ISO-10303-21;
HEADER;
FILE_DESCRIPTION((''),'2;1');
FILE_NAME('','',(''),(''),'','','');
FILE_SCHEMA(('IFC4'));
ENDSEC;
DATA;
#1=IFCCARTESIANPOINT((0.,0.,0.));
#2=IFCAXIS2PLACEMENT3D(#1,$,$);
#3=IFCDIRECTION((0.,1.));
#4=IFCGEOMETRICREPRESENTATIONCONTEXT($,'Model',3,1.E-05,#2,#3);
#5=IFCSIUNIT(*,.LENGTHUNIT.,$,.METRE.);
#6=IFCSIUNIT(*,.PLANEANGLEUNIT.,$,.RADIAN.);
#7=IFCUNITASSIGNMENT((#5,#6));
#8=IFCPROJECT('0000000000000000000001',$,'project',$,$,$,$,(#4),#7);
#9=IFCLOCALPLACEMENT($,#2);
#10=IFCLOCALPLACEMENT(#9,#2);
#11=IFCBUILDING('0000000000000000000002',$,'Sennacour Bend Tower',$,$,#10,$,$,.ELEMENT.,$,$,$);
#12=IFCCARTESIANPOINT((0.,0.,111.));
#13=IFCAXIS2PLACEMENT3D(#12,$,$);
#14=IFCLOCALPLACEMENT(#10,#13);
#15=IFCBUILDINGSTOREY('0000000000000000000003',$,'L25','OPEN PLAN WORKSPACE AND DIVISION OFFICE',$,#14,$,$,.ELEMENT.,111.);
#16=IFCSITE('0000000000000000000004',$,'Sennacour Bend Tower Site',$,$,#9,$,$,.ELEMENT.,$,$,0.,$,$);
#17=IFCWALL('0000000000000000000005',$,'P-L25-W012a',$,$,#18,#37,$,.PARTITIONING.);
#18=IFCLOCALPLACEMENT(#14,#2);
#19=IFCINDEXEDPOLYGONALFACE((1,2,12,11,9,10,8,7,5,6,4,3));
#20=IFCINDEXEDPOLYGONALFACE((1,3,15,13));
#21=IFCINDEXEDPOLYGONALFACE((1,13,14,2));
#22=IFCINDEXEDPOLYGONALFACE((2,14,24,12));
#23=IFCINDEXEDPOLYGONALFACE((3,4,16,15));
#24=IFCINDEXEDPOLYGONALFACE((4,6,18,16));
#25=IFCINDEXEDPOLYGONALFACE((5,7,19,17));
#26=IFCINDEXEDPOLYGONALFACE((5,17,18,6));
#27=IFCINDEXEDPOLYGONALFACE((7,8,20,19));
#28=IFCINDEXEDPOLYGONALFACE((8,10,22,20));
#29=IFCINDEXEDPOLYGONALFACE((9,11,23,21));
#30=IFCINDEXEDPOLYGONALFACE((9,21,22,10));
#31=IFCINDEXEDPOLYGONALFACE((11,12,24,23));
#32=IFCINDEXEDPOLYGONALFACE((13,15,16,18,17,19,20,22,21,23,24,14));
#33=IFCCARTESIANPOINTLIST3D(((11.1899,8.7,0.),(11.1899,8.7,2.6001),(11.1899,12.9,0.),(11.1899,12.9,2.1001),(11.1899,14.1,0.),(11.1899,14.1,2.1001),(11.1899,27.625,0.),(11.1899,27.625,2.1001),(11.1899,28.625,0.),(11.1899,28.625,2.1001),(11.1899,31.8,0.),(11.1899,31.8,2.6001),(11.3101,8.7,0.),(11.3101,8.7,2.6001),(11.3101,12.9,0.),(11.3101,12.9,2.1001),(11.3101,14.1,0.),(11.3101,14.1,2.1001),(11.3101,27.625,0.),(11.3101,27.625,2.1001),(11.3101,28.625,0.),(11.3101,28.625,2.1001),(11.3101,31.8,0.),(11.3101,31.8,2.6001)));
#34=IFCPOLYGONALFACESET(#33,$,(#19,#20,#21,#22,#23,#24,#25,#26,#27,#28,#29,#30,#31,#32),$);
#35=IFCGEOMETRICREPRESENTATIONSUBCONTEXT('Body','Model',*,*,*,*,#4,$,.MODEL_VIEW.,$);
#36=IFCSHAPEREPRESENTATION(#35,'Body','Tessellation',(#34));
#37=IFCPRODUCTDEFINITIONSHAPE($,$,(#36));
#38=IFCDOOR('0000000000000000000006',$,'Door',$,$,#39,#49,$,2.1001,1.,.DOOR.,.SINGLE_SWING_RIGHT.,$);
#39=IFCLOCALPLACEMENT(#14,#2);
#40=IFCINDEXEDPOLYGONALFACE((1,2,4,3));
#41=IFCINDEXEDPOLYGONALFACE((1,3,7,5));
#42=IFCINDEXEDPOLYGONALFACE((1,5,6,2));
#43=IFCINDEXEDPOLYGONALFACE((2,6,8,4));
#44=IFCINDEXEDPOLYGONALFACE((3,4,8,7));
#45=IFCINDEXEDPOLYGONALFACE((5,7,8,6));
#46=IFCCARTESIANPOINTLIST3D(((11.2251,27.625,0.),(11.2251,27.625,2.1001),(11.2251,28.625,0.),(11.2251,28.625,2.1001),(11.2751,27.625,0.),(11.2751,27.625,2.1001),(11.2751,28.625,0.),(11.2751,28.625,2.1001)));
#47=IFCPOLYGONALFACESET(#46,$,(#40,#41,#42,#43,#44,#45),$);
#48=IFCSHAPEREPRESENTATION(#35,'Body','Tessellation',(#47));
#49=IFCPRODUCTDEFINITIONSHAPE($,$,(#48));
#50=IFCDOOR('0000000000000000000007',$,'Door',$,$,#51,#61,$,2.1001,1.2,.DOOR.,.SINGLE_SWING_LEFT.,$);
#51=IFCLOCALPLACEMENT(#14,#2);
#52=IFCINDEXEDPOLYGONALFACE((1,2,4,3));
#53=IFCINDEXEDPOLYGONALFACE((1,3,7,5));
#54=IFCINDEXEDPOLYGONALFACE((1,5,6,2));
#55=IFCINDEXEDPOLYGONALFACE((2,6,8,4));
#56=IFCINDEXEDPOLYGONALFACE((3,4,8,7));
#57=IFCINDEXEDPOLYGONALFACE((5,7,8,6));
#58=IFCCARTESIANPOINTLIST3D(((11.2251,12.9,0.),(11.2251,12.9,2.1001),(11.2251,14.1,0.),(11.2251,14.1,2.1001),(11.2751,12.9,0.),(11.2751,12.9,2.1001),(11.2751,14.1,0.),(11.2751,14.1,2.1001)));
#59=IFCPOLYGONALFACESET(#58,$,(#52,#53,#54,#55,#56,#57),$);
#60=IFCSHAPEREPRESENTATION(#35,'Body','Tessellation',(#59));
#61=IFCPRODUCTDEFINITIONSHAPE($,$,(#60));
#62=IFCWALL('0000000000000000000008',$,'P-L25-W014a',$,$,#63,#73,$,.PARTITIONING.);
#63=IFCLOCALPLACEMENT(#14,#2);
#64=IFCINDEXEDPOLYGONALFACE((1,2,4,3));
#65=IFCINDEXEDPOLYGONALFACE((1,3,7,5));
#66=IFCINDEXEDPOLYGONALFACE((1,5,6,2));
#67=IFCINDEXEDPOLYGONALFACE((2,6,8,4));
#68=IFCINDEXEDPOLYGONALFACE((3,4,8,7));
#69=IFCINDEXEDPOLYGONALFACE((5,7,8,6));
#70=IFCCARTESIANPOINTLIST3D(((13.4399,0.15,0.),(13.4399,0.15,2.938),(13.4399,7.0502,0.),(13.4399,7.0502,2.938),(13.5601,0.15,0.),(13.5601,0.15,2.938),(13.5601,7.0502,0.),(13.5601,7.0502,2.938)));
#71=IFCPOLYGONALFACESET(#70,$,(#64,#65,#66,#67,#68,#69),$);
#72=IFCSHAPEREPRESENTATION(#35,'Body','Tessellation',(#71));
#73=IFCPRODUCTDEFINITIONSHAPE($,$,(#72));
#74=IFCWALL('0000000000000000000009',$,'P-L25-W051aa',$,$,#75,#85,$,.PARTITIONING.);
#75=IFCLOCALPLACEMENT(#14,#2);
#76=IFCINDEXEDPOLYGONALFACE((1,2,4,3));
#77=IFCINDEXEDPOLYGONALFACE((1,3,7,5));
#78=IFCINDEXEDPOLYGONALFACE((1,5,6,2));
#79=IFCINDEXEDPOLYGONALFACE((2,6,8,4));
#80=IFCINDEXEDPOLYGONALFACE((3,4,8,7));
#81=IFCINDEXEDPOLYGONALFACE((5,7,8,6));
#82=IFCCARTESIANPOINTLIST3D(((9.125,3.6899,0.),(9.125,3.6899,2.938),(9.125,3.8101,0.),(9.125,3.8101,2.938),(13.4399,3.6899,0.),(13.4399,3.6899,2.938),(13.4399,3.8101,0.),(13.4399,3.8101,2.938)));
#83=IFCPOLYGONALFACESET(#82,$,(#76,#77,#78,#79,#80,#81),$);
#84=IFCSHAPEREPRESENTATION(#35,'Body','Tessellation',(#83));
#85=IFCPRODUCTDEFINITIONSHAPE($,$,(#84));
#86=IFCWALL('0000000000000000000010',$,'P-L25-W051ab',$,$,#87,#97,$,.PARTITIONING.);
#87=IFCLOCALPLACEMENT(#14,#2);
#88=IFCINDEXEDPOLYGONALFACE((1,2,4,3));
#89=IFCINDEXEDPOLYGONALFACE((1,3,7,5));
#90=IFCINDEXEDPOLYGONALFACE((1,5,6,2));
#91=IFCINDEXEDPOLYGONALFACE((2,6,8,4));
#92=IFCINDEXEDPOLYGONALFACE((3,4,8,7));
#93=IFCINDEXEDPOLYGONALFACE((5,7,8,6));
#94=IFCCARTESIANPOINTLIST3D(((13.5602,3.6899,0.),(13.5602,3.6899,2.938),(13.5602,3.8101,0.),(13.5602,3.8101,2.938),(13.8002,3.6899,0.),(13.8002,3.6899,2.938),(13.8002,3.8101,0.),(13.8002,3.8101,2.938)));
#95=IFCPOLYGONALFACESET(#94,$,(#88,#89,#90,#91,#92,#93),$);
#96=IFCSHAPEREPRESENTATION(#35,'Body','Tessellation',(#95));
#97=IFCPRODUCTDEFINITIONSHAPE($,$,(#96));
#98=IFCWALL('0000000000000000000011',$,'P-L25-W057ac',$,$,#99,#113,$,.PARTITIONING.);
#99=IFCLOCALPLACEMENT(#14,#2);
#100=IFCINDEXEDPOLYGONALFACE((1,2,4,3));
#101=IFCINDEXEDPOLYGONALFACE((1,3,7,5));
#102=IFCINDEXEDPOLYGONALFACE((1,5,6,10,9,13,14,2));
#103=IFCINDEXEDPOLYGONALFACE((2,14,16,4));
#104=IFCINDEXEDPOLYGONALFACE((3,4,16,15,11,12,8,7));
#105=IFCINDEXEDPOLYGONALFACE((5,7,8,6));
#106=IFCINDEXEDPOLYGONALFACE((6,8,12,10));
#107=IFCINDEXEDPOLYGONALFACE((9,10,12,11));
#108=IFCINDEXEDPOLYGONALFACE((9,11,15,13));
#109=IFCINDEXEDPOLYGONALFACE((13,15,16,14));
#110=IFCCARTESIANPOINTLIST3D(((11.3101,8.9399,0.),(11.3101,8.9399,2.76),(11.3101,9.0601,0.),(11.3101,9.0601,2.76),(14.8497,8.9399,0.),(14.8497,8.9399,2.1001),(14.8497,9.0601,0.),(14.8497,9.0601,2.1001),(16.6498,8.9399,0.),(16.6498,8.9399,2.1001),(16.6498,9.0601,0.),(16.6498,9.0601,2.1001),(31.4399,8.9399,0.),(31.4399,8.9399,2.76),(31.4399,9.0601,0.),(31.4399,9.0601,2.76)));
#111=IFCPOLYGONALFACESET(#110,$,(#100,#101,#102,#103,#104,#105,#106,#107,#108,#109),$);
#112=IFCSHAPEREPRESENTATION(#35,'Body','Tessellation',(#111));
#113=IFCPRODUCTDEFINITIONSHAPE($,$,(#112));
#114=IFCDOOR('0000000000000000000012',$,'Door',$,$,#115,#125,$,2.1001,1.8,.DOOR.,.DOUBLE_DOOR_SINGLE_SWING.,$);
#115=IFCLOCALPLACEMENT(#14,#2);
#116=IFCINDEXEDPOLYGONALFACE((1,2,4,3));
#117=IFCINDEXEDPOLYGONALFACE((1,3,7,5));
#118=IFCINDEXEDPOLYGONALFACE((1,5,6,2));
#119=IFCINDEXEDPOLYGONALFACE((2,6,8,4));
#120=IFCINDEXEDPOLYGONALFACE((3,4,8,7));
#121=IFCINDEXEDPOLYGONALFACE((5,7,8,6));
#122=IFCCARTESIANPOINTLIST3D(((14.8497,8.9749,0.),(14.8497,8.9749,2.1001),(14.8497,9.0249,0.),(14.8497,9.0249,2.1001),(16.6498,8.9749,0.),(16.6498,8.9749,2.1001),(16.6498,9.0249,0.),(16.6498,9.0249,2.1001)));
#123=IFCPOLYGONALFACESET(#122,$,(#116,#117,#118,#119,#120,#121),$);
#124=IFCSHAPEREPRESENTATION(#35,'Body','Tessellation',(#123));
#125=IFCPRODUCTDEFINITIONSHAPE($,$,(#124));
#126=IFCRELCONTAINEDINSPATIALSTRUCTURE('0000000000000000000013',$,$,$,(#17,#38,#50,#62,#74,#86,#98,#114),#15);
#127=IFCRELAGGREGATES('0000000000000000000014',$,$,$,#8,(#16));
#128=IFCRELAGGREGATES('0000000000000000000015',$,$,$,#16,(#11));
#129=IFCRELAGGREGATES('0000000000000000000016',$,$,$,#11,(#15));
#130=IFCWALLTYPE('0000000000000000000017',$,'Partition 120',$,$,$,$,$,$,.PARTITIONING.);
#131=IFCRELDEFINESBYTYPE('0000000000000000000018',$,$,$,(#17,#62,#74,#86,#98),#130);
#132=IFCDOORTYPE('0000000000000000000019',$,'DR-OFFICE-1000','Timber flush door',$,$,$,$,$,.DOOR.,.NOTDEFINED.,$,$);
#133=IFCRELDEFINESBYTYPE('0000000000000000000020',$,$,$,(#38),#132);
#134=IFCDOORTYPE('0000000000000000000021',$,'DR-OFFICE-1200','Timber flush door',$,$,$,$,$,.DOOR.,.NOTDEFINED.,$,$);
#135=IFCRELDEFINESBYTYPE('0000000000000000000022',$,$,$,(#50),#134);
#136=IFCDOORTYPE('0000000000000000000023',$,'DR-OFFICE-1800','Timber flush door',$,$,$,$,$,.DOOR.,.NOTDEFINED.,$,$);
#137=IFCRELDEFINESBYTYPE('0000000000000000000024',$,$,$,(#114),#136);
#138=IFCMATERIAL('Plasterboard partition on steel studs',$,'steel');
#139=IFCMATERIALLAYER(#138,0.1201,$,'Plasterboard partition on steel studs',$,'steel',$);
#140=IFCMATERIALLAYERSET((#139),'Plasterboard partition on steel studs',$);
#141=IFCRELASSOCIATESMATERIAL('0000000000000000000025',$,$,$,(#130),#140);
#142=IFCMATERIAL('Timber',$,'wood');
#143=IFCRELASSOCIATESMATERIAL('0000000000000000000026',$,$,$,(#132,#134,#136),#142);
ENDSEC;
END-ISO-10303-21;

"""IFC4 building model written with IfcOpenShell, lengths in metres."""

from ifc_helpers import new_model, si_unit, direction, frame, frame_2d, origin, place, context, subcontext, project, spatial, rectangle, extrude, material, layer, layer_set, type_object, element, fill, save


model = new_model("IFC4")

# Units and contexts
model_context = context("Model", 3, precision=1e-05, world=origin(), true_north=direction((0.0, 1.0)))
body_context = subcontext(model_context, "Body", "Model", "MODEL_VIEW")
ifc_project = project(units=[si_unit("LENGTHUNIT", "METRE"), si_unit("PLANEANGLEUNIT", "RADIAN")], contexts=[model_context])

# Site, building, storey
site_placement = place(None, origin())
site = spatial("IfcSite", under=ifc_project, at=site_placement, Name="Sennacour Bend Tower Site", CompositionType="ELEMENT", RefElevation=0.0)
building_placement = place(site_placement, origin())
building = spatial("IfcBuilding", under=site, at=building_placement, Name="Sennacour Bend Tower", CompositionType="ELEMENT")
storey_placement = place(building_placement, frame((0.0, 0.0, 111.0)))
storey = spatial("IfcBuildingStorey", under=building, at=storey_placement, Name="L25", Description="OPEN PLAN WORKSPACE AND DIVISION OFFICE", CompositionType="ELEMENT", Elevation=111.0)

# Wall, openings, doors
ifc_material_1 = material(Name="Plasterboard partition on steel studs", Category="steel")
ifc_layer_1 = layer(ifc_material_1, 0.1201, Name="Plasterboard partition on steel studs", Category="steel")
ifc_layer_set_1 = layer_set([ifc_layer_1], Name="Plasterboard partition on steel studs")
wall_type_1 = type_object("IfcWallType", Name="Partition 120", PredefinedType="PARTITIONING", material=ifc_layer_set_1)
wall_1_placement = place(storey_placement, frame((11.25, 8.7, 0.0), z_axis=(0.0, 0.0, 1.0), x_axis=(0.0, 1.0, 0.0)))
wall_1 = element("IfcWall", 1, at=wall_1_placement, inside=storey, type_object=wall_type_1, Name="P-L25-W012a", PredefinedType="PARTITIONING", context=body_context, shape_type="SweptSolid", body=[
    extrude(rectangle(XDim=23.1001, YDim=0.1201, at=frame_2d((11.55, 0.0))), origin(), (0.0, 0.0, 1.0), 2.6001),
])
opening_1_placement = place(wall_1_placement, frame((18.925, 0.0, 0.0)))
opening_1 = element("IfcOpeningElement", 2, at=opening_1_placement, cuts=wall_1, PredefinedType="OPENING", context=body_context, shape_type="SweptSolid", body=[
    extrude(rectangle(XDim=1.0, YDim=2.1001, at=frame_2d((0.5, 1.05))), frame((0.0, 0.0701, 0.0), z_axis=(0.0, -1.0, 0.0), x_axis=(1.0, 0.0, 0.0)), (0.0, 0.0, 1.0), 0.1401),
])
opening_2_placement = place(wall_1_placement, frame((4.2, 0.0, 0.0)))
opening_2 = element("IfcOpeningElement", 3, at=opening_2_placement, cuts=wall_1, PredefinedType="OPENING", context=body_context, shape_type="SweptSolid", body=[
    extrude(rectangle(XDim=1.2, YDim=2.1001, at=frame_2d((0.6001, 1.05))), frame((0.0, 0.0701, 0.0), z_axis=(0.0, -1.0, 0.0), x_axis=(1.0, 0.0, 0.0)), (0.0, 0.0, 1.0), 0.1401),
])
ifc_material_2 = material(Name="Timber", Category="wood")
door_type_1 = type_object("IfcDoorType", Name="DR-OFFICE-1000", Description="Timber flush door", OperationType="NOTDEFINED", PredefinedType="DOOR", material=ifc_material_2)
door_1_placement = place(opening_1_placement, origin())
door_1 = element("IfcDoor", 4, at=door_1_placement, inside=storey, type_object=door_type_1, Name="Door", OperationType="SINGLE_SWING_RIGHT", OverallHeight=2.1001, OverallWidth=1.0, PredefinedType="DOOR", context=body_context, shape_type="SweptSolid", body=[
    extrude(rectangle(XDim=1.0, YDim=2.1001, at=frame_2d((0.5, 1.05))), frame((0.0, 0.0249, 0.0), z_axis=(0.0, -1.0, 0.0), x_axis=(1.0, 0.0, 0.0)), (0.0, 0.0, 1.0), 0.05),
])
fill(opening_1, door_1)
door_type_2 = type_object("IfcDoorType", Name="DR-OFFICE-1200", Description="Timber flush door", OperationType="NOTDEFINED", PredefinedType="DOOR", material=ifc_material_2)
door_2_placement = place(opening_2_placement, origin())
door_2 = element("IfcDoor", 5, at=door_2_placement, inside=storey, type_object=door_type_2, Name="Door", OperationType="SINGLE_SWING_LEFT", OverallHeight=2.1001, OverallWidth=1.2, PredefinedType="DOOR", context=body_context, shape_type="SweptSolid", body=[
    extrude(rectangle(XDim=1.2, YDim=2.1001, at=frame_2d((0.6001, 1.05))), frame((0.0, 0.0249, 0.0), z_axis=(0.0, -1.0, 0.0), x_axis=(1.0, 0.0, 0.0)), (0.0, 0.0, 1.0), 0.05),
])
fill(opening_2, door_2)

# Walls
wall_2_placement = place(storey_placement, frame((13.5, 0.1499, 0.0), z_axis=(0.0, 0.0, 1.0), x_axis=(0.0, 1.0, 0.0)))
element("IfcWall", 6, at=wall_2_placement, inside=storey, type_object=wall_type_1, Name="P-L25-W014a", PredefinedType="PARTITIONING", context=body_context, shape_type="SweptSolid", body=[
    extrude(rectangle(XDim=6.9001, YDim=0.1201, at=frame_2d((3.4502, 0.0))), origin(), (0.0, 0.0, 1.0), 2.938),
])
wall_3_placement = place(storey_placement, frame((9.125, 3.75, 0.0), z_axis=(0.0, 0.0, 1.0), x_axis=(1.0, 0.0, 0.0)))
element("IfcWall", 7, at=wall_3_placement, inside=storey, type_object=wall_type_1, Name="P-L25-W051aa", PredefinedType="PARTITIONING", context=body_context, shape_type="SweptSolid", body=[
    extrude(rectangle(XDim=4.3149, YDim=0.1201, at=frame_2d((2.1575, 0.0))), origin(), (0.0, 0.0, 1.0), 2.938),
])
wall_4_placement = place(storey_placement, frame((13.5601, 3.75, 0.0), z_axis=(0.0, 0.0, 1.0), x_axis=(1.0, 0.0, 0.0)))
element("IfcWall", 8, at=wall_4_placement, inside=storey, type_object=wall_type_1, Name="P-L25-W051ab", PredefinedType="PARTITIONING", context=body_context, shape_type="SweptSolid", body=[
    extrude(rectangle(XDim=0.24, YDim=0.1201, at=frame_2d((0.1201, 0.0))), origin(), (0.0, 0.0, 1.0), 2.938),
])

# Wall, opening, door
wall_5_placement = place(storey_placement, frame((11.3101, 9.0, 0.0), z_axis=(0.0, 0.0, 1.0), x_axis=(1.0, 0.0, 0.0)))
wall_5 = element("IfcWall", 9, at=wall_5_placement, inside=storey, type_object=wall_type_1, Name="P-L25-W057ac", PredefinedType="PARTITIONING", context=body_context, shape_type="SweptSolid", body=[
    extrude(rectangle(XDim=20.1299, YDim=0.1201, at=frame_2d((10.0649, 0.0))), origin(), (0.0, 0.0, 1.0), 2.76),
])
opening_3_placement = place(wall_5_placement, frame((3.5398, 0.0, 0.0)))
opening_3 = element("IfcOpeningElement", 10, at=opening_3_placement, cuts=wall_5, PredefinedType="OPENING", context=body_context, shape_type="SweptSolid", body=[
    extrude(rectangle(XDim=1.8, YDim=2.1001, at=frame_2d((0.8999, 1.05))), frame((0.0, 0.0701, 0.0), z_axis=(0.0, -1.0, 0.0), x_axis=(1.0, 0.0, 0.0)), (0.0, 0.0, 1.0), 0.1401),
])
door_type_3 = type_object("IfcDoorType", Name="DR-OFFICE-1800", Description="Timber flush door", OperationType="NOTDEFINED", PredefinedType="DOOR", material=ifc_material_2)
door_3_placement = place(opening_3_placement, origin())
door_3 = element("IfcDoor", 11, at=door_3_placement, inside=storey, type_object=door_type_3, Name="Door", OperationType="DOUBLE_DOOR_SINGLE_SWING", OverallHeight=2.1001, OverallWidth=1.8, PredefinedType="DOOR", context=body_context, shape_type="SweptSolid", body=[
    extrude(rectangle(XDim=1.8, YDim=2.1001, at=frame_2d((0.8999, 1.05))), frame((0.0, 0.0249, 0.0), z_axis=(0.0, -1.0, 0.0), x_axis=(1.0, 0.0, 0.0)), (0.0, 0.0, 1.0), 0.05),
])
fill(opening_3, door_3)

save(model, "model.ifc")
